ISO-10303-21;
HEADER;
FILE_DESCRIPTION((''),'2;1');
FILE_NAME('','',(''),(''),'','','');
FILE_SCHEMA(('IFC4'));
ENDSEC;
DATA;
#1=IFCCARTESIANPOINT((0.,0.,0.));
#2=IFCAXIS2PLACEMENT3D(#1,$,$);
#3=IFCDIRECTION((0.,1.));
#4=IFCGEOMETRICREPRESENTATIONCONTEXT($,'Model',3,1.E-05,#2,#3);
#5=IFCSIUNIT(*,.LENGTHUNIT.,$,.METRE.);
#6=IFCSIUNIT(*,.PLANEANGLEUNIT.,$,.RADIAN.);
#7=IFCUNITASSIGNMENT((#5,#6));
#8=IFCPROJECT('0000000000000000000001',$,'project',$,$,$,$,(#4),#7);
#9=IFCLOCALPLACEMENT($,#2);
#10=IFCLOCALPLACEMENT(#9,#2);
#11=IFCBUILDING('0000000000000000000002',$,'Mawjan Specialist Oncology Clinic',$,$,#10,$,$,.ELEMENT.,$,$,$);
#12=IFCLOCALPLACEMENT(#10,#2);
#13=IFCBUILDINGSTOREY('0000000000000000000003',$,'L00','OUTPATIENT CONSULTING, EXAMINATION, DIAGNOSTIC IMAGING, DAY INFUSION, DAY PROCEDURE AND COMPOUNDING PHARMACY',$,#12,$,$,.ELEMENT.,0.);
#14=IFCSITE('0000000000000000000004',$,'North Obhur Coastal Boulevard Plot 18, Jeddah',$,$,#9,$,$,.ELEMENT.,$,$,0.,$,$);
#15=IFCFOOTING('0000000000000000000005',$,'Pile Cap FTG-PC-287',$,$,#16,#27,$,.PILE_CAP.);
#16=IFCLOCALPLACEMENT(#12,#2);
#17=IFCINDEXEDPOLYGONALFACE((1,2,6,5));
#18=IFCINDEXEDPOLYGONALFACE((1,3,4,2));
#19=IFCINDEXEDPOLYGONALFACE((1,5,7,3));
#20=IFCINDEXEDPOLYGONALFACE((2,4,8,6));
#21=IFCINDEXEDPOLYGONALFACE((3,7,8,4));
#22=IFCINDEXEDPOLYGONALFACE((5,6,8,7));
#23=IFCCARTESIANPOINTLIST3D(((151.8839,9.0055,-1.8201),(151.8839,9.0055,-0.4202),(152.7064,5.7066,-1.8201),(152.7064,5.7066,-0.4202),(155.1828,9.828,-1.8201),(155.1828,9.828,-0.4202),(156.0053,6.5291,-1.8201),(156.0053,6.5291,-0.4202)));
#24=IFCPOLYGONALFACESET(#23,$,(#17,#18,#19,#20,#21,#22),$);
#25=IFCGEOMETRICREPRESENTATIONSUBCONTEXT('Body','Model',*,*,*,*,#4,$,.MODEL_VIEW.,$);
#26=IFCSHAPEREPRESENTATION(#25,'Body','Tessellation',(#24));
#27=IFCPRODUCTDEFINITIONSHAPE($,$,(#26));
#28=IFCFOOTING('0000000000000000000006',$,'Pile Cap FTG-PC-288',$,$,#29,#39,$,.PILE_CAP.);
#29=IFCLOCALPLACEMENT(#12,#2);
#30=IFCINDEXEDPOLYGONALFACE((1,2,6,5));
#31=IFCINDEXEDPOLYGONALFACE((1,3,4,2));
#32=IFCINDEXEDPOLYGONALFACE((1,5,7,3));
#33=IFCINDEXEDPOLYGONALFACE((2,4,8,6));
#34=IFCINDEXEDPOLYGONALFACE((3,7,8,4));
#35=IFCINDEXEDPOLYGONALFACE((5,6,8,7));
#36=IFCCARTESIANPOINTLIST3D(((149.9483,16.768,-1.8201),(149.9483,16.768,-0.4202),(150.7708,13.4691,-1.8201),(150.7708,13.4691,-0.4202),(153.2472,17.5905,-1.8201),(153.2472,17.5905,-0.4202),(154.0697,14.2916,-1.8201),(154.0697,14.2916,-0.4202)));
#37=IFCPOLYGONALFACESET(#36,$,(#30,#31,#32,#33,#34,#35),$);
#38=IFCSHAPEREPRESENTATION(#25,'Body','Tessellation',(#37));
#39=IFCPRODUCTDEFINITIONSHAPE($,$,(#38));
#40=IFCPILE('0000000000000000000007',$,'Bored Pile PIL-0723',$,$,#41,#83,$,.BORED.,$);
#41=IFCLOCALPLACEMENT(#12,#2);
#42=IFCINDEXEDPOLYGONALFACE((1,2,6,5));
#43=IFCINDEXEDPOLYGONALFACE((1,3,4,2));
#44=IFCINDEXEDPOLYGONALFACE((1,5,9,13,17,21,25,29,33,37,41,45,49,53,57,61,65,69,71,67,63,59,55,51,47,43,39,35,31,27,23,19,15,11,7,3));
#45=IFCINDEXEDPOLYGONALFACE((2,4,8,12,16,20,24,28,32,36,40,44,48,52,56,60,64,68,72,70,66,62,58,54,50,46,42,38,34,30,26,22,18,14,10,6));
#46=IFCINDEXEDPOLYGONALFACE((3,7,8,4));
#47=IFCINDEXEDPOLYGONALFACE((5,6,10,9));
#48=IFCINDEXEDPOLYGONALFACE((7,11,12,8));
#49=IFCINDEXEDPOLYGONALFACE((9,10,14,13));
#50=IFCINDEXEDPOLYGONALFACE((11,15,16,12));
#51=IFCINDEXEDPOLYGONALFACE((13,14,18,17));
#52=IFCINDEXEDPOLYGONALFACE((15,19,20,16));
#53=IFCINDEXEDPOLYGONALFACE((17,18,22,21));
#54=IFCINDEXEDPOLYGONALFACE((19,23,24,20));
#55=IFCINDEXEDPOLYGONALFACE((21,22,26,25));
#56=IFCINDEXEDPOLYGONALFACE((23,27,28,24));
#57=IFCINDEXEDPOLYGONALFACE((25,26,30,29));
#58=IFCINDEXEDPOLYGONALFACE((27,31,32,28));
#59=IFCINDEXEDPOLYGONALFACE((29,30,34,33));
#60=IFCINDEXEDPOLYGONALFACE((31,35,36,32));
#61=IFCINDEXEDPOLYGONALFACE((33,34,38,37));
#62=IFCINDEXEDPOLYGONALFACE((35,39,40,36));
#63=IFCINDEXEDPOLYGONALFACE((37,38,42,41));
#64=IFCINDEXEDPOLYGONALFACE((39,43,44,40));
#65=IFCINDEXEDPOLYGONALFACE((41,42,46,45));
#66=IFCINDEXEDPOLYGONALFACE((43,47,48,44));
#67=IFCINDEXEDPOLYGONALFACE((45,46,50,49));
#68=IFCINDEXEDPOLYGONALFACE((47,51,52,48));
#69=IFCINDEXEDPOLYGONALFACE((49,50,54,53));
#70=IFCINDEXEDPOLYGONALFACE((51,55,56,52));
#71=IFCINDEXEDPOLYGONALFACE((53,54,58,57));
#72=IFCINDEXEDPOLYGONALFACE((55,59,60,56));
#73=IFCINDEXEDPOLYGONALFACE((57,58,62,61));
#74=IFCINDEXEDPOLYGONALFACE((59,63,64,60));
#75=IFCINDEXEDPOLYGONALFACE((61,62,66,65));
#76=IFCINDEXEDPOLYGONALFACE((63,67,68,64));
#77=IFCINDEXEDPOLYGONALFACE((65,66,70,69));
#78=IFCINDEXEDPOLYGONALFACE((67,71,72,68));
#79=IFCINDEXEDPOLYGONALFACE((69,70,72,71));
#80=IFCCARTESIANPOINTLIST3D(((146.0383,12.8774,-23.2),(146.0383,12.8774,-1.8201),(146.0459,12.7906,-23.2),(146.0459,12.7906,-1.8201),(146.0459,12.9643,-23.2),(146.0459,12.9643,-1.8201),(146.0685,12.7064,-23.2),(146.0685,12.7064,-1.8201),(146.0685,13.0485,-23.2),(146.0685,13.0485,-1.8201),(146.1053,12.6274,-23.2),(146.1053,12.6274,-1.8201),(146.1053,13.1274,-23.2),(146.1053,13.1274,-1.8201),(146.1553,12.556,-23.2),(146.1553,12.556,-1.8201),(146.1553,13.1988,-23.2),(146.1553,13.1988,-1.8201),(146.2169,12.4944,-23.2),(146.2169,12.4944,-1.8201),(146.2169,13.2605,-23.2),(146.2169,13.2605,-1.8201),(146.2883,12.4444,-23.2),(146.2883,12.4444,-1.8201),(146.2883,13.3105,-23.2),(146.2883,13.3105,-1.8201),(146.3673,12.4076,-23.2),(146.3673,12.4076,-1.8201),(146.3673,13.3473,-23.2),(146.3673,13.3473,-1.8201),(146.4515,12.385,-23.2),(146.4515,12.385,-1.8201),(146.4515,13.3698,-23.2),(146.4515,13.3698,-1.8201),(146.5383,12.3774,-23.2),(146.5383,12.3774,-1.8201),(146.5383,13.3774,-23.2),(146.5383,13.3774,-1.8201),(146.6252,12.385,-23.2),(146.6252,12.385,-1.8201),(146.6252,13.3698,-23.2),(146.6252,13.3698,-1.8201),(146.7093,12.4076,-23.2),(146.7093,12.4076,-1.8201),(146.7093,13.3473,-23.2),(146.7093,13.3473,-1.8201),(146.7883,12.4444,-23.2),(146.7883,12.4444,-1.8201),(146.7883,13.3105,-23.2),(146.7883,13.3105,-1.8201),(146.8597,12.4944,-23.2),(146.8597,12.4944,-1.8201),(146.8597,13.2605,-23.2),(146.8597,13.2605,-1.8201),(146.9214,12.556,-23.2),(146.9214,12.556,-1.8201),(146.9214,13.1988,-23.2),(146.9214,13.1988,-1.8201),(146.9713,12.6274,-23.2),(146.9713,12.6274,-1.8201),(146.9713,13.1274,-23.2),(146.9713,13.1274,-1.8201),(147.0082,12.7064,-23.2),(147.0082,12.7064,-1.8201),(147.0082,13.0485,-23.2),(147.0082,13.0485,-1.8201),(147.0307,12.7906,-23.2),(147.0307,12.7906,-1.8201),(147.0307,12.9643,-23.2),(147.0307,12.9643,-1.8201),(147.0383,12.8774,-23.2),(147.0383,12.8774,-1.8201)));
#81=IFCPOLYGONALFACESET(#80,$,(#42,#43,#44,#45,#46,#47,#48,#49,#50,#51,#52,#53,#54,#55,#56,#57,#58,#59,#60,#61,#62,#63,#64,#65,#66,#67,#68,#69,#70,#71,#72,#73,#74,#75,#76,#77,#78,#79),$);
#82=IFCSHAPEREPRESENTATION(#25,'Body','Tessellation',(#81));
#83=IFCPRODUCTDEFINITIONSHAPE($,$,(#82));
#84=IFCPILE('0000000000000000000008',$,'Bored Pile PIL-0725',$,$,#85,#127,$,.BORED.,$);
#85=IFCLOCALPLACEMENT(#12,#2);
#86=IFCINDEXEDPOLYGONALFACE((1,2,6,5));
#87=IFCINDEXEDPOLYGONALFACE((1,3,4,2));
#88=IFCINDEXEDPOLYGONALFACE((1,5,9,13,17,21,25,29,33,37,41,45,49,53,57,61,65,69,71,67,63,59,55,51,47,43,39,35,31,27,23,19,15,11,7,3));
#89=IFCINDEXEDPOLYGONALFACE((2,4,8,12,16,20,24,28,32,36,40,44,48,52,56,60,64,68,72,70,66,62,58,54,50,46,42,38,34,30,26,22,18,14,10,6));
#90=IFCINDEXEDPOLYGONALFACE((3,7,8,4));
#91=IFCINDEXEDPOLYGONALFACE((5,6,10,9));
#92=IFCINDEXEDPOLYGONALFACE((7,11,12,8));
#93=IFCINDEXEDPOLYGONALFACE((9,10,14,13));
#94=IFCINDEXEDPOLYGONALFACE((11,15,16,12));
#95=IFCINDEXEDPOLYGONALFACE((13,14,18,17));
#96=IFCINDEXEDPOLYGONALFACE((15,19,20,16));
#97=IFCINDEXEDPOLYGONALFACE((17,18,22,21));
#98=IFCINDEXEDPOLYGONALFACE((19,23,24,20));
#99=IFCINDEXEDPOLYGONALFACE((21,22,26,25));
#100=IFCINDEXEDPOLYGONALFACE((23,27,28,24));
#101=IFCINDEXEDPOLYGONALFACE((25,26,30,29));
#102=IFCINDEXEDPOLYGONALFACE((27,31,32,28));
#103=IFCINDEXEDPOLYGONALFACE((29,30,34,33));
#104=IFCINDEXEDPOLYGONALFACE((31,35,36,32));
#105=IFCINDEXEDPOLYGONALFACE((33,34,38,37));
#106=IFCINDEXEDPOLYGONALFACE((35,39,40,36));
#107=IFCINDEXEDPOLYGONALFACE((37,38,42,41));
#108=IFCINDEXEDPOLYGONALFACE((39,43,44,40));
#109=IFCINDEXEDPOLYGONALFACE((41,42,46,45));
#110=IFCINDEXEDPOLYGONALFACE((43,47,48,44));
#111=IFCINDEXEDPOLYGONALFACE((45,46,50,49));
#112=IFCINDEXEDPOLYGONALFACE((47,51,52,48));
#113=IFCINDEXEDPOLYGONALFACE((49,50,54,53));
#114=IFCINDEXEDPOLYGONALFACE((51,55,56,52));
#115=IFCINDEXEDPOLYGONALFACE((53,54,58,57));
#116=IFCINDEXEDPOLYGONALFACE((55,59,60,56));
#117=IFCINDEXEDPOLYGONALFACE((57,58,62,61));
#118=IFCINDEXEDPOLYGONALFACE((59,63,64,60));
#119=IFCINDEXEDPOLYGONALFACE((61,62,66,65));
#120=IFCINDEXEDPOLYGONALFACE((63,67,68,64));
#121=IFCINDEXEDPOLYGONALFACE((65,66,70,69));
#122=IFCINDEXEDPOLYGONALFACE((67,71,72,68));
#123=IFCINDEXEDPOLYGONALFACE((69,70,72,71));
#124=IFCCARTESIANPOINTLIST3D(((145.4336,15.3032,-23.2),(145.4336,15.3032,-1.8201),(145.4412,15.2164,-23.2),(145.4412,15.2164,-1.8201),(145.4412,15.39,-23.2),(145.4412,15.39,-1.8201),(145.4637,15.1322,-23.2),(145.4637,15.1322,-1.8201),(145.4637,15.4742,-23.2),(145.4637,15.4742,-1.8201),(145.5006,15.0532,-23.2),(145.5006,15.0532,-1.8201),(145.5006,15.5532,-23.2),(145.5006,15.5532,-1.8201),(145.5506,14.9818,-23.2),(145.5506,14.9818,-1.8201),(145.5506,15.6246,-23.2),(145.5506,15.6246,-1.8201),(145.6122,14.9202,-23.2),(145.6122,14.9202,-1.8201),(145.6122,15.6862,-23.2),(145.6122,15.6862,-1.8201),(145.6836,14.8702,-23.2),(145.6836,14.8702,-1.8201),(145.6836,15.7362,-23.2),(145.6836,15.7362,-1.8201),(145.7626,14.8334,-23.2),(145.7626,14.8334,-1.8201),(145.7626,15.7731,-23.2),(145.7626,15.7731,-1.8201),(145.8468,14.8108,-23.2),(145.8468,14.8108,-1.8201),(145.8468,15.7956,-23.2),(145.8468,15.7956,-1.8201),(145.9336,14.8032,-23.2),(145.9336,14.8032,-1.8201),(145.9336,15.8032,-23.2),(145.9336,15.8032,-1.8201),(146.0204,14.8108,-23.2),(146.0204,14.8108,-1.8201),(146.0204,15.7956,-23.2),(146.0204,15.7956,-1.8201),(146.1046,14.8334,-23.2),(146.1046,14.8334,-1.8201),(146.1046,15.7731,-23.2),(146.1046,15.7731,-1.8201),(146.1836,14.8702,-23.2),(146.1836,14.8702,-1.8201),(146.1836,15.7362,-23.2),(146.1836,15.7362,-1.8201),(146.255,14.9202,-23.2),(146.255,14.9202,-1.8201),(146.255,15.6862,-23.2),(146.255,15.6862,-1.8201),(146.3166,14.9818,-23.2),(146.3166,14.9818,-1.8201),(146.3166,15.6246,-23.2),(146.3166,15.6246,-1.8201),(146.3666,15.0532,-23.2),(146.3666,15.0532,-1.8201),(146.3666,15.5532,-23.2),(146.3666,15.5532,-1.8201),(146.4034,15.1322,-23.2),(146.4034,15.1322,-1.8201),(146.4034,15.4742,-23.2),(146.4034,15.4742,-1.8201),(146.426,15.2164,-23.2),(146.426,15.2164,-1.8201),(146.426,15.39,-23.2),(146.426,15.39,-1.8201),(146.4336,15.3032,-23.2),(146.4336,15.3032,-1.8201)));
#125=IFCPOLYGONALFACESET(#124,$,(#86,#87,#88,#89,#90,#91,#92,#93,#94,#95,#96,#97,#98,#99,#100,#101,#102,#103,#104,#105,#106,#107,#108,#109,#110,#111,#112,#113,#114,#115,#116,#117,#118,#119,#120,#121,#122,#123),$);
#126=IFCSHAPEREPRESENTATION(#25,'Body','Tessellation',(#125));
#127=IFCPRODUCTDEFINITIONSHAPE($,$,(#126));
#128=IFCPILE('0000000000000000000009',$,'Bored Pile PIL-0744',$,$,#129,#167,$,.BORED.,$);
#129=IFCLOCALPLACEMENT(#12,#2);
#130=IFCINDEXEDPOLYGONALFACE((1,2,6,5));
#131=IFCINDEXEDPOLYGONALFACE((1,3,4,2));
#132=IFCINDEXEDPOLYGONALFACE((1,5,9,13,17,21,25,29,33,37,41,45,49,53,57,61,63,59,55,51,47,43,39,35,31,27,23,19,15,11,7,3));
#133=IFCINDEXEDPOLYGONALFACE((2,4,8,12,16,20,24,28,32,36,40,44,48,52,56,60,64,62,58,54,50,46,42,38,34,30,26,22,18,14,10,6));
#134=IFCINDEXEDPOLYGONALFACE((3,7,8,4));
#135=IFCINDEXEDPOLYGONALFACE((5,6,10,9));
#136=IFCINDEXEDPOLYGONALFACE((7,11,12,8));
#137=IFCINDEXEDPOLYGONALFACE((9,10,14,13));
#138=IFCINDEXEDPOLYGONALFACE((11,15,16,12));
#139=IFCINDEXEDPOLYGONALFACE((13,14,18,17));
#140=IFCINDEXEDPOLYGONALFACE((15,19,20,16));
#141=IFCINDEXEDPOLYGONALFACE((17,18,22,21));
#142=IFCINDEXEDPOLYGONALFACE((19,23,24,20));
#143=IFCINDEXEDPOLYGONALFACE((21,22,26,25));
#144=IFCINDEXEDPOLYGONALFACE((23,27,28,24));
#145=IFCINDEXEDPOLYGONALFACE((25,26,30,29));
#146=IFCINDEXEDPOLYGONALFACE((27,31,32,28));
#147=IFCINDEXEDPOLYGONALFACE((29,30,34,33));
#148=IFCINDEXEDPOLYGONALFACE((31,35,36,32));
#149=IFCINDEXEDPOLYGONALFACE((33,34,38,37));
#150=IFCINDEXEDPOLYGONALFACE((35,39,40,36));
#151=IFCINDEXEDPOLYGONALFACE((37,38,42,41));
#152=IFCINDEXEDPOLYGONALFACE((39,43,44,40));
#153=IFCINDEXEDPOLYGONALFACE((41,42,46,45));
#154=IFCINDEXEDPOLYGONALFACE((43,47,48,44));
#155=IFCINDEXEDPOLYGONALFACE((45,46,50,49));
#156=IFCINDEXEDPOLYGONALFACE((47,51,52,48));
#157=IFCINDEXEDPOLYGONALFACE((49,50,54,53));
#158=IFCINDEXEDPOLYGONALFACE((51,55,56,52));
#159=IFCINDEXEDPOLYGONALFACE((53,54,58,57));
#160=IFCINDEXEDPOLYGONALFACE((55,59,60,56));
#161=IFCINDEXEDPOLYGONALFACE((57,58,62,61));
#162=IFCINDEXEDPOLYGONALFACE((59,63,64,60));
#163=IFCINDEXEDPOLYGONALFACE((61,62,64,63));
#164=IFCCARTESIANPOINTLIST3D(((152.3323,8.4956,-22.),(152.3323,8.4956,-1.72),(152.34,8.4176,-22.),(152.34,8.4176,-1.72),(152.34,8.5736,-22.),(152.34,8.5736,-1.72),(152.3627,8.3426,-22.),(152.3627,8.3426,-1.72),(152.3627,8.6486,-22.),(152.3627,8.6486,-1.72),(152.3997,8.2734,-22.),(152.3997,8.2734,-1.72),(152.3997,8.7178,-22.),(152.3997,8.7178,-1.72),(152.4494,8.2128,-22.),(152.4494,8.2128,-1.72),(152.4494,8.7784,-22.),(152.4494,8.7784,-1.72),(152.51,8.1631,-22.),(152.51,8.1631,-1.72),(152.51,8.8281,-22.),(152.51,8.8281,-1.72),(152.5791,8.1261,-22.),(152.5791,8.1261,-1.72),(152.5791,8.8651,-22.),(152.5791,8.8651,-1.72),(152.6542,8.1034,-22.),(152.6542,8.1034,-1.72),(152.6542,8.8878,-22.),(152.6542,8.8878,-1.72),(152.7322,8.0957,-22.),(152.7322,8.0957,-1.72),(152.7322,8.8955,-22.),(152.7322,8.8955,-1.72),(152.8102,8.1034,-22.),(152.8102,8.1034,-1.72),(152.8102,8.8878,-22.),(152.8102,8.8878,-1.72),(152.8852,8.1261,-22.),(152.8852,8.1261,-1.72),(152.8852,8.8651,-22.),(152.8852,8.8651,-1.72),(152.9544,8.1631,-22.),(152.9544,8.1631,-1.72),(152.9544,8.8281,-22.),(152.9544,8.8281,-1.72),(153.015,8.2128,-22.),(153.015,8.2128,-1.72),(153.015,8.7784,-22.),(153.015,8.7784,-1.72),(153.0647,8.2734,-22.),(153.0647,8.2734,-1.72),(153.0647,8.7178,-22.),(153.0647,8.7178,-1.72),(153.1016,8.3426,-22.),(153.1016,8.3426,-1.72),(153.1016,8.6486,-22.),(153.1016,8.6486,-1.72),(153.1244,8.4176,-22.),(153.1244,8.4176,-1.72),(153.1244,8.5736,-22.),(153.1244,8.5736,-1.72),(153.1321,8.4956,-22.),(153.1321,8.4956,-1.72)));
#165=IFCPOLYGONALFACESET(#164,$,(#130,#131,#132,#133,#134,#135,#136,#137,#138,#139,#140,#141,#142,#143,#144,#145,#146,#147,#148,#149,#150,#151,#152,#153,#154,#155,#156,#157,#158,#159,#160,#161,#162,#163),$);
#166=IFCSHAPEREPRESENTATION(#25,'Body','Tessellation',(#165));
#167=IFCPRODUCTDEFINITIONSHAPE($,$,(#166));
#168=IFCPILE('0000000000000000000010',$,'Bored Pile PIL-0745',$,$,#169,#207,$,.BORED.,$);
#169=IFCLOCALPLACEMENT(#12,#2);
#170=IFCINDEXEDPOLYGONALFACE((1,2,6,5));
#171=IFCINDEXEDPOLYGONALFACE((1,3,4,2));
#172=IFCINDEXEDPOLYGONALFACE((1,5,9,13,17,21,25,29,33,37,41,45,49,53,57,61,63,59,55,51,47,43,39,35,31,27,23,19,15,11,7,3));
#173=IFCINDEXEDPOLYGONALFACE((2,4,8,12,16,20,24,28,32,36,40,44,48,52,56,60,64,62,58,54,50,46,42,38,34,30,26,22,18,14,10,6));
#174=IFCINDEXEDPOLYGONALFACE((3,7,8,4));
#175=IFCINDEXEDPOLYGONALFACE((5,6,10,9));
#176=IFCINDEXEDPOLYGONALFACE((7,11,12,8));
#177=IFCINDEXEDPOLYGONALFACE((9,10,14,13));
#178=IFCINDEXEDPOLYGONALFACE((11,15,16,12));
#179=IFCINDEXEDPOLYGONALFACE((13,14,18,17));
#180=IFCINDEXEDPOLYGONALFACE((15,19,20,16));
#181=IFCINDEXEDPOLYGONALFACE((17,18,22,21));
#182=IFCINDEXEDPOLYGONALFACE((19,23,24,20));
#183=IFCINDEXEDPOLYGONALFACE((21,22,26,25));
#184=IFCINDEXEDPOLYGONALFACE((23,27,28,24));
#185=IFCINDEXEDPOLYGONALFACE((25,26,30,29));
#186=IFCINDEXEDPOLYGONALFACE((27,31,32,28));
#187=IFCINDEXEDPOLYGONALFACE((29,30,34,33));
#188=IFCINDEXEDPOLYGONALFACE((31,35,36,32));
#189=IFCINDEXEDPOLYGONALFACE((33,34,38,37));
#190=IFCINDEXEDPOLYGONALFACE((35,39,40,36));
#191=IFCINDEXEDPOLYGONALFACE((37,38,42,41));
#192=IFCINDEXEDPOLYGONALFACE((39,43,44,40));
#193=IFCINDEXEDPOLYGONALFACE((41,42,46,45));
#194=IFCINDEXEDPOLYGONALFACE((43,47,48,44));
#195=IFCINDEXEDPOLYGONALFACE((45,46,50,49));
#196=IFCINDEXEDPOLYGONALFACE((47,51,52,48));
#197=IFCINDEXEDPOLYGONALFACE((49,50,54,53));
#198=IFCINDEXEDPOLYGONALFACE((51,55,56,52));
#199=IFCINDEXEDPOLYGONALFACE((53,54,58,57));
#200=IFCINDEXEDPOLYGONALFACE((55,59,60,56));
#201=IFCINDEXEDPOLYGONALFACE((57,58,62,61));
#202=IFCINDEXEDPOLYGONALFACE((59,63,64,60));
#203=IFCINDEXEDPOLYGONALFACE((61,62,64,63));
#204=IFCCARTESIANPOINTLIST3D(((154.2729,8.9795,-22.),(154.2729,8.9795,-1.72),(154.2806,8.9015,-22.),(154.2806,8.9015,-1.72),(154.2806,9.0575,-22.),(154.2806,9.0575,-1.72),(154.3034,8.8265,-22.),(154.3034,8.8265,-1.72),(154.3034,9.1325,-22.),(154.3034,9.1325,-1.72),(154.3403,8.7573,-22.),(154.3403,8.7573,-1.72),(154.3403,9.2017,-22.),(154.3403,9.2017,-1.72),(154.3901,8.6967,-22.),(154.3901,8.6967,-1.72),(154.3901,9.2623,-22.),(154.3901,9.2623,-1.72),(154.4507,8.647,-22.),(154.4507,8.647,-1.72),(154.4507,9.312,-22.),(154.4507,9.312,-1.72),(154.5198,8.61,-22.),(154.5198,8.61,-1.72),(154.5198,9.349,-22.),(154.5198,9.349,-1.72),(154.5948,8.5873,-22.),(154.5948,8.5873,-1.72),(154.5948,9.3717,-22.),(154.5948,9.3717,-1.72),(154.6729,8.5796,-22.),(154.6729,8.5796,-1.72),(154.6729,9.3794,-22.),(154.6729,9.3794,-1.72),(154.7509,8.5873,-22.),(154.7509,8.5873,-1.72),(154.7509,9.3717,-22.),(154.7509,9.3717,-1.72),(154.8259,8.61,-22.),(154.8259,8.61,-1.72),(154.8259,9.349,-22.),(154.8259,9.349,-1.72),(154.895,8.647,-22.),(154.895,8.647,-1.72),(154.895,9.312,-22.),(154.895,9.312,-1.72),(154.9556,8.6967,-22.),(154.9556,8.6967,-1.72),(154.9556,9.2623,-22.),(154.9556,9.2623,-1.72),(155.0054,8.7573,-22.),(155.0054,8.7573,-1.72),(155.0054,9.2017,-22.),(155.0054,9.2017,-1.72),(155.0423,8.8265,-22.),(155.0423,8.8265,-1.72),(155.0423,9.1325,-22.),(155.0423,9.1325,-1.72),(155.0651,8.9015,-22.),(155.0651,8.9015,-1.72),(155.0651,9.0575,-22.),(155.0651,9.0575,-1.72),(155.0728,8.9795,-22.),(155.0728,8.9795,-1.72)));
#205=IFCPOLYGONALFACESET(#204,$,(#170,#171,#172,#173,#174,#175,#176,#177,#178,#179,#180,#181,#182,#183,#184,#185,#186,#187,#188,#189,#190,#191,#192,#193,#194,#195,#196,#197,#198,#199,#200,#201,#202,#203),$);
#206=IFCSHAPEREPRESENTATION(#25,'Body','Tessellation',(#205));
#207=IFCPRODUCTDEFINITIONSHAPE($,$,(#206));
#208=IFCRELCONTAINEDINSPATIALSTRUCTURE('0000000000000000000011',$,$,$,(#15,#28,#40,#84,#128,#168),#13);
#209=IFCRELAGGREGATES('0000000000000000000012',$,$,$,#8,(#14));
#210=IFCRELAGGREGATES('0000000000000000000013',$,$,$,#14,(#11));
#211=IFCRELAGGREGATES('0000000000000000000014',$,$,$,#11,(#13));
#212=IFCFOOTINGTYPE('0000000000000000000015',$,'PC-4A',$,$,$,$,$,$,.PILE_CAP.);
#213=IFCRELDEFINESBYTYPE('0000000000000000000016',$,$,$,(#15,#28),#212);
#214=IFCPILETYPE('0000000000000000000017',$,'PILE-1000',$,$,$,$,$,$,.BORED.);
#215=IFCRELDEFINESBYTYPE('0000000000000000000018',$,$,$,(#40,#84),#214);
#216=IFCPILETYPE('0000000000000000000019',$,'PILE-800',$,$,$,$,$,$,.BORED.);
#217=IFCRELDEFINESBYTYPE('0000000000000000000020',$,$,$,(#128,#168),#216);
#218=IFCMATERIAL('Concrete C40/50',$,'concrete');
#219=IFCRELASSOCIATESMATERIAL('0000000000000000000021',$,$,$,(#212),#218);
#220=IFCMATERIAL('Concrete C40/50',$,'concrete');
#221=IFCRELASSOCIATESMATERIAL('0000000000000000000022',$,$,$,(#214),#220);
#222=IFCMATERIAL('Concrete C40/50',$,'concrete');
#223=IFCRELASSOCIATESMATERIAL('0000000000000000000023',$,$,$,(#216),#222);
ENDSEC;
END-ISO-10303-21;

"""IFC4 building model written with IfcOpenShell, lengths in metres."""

from ifc_helpers import new_model, si_unit, direction, frame, origin, origin_2d, place, context, subcontext, project, spatial, rectangle, circle, extrude, material, material_profile, profile_set, type_object, element, save


model = new_model("IFC4")

# Units and contexts
model_context = context("Model", 3, precision=1e-05, world=origin(), true_north=direction((0.0, 1.0)))
body_context = subcontext(model_context, "Body", "Model", "MODEL_VIEW")
ifc_project = project(units=[si_unit("LENGTHUNIT", "METRE"), si_unit("PLANEANGLEUNIT", "RADIAN")], contexts=[model_context])

# Site, building, storey
site_placement = place(None, origin())
site = spatial("IfcSite", under=ifc_project, at=site_placement, Name="North Obhur Coastal Boulevard Plot 18, Jeddah", CompositionType="ELEMENT", RefElevation=0.0)
building_placement = place(site_placement, origin())
building = spatial("IfcBuilding", under=site, at=building_placement, Name="Mawjan Specialist Oncology Clinic", CompositionType="ELEMENT")
storey_placement = place(building_placement, origin())
storey = spatial("IfcBuildingStorey", under=building, at=storey_placement, Name="L00", Description="OUTPATIENT CONSULTING, EXAMINATION, DIAGNOSTIC IMAGING, DAY INFUSION, DAY PROCEDURE AND COMPOUNDING PHARMACY", CompositionType="ELEMENT", Elevation=0.0)

# Footings
ifc_material_1 = material(Name="Concrete C40/50", Category="concrete")
footing_type = type_object("IfcFootingType", Name="PC-4A", PredefinedType="PILE_CAP", material=ifc_material_1)
for number, where, z_axis, x_axis, name in (
    (1, (153.9446, 7.7673, -1.8201), (0.0, 0.0, 1.0), (0.970296, 0.241922, 0.0), "Pile Cap FTG-PC-287"),
    (2, (152.009, 15.5298, -1.8201), (0.0, 0.0, 1.0), (0.970296, 0.241922, 0.0), "Pile Cap FTG-PC-288"),
):
    element("IfcFooting", number, at=place(storey_placement, frame(where, z_axis=z_axis, x_axis=x_axis)), inside=storey, type_object=footing_type, Name=name, PredefinedType="PILE_CAP", context=body_context, shape_type="SweptSolid", body=[
        extrude(rectangle(XDim=3.3999, YDim=3.3999, at=origin_2d()), origin(), (0.0, 0.0, 1.0), 1.3999),
    ])

# Piles
ifc_material_2 = material(Name="Concrete C40/50", Category="concrete")
ifc_material_profile_1 = material_profile(ifc_material_2, circle(Radius=0.5, at=origin_2d()), Name="BORED PILE D1000", Category="concrete")
ifc_profile_set_1 = profile_set([ifc_material_profile_1], Name="Concrete C40/50")
pile_type_1 = type_object("IfcPileType", Name="PILE-1000", PredefinedType="BORED", material=ifc_profile_set_1)
for number, where, z_axis, x_axis, name in (
    (3, (146.5383, 12.8774, -1.8201), (0.0, 0.0, -1.0), (1.0, 0.0, 0.0), "Bored Pile PIL-0723"),
    (4, (145.9336, 15.3032, -1.8201), (0.0, 0.0, -1.0), (1.0, 0.0, 0.0), "Bored Pile PIL-0725"),
):
    element("IfcPile", number, at=place(storey_placement, frame(where, z_axis=z_axis, x_axis=x_axis)), inside=storey, type_object=pile_type_1, Name=name, PredefinedType="BORED", context=body_context, shape_type="SweptSolid", body=[
        extrude(circle(Radius=0.5, at=origin_2d()), origin(), (0.0, 0.0, 1.0), 21.3799),
    ])
ifc_material_3 = material(Name="Concrete C40/50", Category="concrete")
ifc_material_profile_2 = material_profile(ifc_material_3, circle(Radius=0.3999, at=origin_2d()), Name="BORED PILE D800", Category="concrete")
ifc_profile_set_2 = profile_set([ifc_material_profile_2], Name="Concrete C40/50")
pile_type_2 = type_object("IfcPileType", Name="PILE-800", PredefinedType="BORED", material=ifc_profile_set_2)
for number, where, z_axis, x_axis, name in (
    (5, (152.7322, 8.4956, -1.72), (0.0, 0.0, -1.0), (1.0, 0.0, 0.0), "Bored Pile PIL-0744"),
    (6, (154.6729, 8.9795, -1.72), (0.0, 0.0, -1.0), (1.0, 0.0, 0.0), "Bored Pile PIL-0745"),
):
    element("IfcPile", number, at=place(storey_placement, frame(where, z_axis=z_axis, x_axis=x_axis)), inside=storey, type_object=pile_type_2, Name=name, PredefinedType="BORED", context=body_context, shape_type="SweptSolid", body=[
        extrude(circle(Radius=0.3999, at=origin_2d()), origin(), (0.0, 0.0, 1.0), 20.28),
    ])

save(model, "model.ifc")
